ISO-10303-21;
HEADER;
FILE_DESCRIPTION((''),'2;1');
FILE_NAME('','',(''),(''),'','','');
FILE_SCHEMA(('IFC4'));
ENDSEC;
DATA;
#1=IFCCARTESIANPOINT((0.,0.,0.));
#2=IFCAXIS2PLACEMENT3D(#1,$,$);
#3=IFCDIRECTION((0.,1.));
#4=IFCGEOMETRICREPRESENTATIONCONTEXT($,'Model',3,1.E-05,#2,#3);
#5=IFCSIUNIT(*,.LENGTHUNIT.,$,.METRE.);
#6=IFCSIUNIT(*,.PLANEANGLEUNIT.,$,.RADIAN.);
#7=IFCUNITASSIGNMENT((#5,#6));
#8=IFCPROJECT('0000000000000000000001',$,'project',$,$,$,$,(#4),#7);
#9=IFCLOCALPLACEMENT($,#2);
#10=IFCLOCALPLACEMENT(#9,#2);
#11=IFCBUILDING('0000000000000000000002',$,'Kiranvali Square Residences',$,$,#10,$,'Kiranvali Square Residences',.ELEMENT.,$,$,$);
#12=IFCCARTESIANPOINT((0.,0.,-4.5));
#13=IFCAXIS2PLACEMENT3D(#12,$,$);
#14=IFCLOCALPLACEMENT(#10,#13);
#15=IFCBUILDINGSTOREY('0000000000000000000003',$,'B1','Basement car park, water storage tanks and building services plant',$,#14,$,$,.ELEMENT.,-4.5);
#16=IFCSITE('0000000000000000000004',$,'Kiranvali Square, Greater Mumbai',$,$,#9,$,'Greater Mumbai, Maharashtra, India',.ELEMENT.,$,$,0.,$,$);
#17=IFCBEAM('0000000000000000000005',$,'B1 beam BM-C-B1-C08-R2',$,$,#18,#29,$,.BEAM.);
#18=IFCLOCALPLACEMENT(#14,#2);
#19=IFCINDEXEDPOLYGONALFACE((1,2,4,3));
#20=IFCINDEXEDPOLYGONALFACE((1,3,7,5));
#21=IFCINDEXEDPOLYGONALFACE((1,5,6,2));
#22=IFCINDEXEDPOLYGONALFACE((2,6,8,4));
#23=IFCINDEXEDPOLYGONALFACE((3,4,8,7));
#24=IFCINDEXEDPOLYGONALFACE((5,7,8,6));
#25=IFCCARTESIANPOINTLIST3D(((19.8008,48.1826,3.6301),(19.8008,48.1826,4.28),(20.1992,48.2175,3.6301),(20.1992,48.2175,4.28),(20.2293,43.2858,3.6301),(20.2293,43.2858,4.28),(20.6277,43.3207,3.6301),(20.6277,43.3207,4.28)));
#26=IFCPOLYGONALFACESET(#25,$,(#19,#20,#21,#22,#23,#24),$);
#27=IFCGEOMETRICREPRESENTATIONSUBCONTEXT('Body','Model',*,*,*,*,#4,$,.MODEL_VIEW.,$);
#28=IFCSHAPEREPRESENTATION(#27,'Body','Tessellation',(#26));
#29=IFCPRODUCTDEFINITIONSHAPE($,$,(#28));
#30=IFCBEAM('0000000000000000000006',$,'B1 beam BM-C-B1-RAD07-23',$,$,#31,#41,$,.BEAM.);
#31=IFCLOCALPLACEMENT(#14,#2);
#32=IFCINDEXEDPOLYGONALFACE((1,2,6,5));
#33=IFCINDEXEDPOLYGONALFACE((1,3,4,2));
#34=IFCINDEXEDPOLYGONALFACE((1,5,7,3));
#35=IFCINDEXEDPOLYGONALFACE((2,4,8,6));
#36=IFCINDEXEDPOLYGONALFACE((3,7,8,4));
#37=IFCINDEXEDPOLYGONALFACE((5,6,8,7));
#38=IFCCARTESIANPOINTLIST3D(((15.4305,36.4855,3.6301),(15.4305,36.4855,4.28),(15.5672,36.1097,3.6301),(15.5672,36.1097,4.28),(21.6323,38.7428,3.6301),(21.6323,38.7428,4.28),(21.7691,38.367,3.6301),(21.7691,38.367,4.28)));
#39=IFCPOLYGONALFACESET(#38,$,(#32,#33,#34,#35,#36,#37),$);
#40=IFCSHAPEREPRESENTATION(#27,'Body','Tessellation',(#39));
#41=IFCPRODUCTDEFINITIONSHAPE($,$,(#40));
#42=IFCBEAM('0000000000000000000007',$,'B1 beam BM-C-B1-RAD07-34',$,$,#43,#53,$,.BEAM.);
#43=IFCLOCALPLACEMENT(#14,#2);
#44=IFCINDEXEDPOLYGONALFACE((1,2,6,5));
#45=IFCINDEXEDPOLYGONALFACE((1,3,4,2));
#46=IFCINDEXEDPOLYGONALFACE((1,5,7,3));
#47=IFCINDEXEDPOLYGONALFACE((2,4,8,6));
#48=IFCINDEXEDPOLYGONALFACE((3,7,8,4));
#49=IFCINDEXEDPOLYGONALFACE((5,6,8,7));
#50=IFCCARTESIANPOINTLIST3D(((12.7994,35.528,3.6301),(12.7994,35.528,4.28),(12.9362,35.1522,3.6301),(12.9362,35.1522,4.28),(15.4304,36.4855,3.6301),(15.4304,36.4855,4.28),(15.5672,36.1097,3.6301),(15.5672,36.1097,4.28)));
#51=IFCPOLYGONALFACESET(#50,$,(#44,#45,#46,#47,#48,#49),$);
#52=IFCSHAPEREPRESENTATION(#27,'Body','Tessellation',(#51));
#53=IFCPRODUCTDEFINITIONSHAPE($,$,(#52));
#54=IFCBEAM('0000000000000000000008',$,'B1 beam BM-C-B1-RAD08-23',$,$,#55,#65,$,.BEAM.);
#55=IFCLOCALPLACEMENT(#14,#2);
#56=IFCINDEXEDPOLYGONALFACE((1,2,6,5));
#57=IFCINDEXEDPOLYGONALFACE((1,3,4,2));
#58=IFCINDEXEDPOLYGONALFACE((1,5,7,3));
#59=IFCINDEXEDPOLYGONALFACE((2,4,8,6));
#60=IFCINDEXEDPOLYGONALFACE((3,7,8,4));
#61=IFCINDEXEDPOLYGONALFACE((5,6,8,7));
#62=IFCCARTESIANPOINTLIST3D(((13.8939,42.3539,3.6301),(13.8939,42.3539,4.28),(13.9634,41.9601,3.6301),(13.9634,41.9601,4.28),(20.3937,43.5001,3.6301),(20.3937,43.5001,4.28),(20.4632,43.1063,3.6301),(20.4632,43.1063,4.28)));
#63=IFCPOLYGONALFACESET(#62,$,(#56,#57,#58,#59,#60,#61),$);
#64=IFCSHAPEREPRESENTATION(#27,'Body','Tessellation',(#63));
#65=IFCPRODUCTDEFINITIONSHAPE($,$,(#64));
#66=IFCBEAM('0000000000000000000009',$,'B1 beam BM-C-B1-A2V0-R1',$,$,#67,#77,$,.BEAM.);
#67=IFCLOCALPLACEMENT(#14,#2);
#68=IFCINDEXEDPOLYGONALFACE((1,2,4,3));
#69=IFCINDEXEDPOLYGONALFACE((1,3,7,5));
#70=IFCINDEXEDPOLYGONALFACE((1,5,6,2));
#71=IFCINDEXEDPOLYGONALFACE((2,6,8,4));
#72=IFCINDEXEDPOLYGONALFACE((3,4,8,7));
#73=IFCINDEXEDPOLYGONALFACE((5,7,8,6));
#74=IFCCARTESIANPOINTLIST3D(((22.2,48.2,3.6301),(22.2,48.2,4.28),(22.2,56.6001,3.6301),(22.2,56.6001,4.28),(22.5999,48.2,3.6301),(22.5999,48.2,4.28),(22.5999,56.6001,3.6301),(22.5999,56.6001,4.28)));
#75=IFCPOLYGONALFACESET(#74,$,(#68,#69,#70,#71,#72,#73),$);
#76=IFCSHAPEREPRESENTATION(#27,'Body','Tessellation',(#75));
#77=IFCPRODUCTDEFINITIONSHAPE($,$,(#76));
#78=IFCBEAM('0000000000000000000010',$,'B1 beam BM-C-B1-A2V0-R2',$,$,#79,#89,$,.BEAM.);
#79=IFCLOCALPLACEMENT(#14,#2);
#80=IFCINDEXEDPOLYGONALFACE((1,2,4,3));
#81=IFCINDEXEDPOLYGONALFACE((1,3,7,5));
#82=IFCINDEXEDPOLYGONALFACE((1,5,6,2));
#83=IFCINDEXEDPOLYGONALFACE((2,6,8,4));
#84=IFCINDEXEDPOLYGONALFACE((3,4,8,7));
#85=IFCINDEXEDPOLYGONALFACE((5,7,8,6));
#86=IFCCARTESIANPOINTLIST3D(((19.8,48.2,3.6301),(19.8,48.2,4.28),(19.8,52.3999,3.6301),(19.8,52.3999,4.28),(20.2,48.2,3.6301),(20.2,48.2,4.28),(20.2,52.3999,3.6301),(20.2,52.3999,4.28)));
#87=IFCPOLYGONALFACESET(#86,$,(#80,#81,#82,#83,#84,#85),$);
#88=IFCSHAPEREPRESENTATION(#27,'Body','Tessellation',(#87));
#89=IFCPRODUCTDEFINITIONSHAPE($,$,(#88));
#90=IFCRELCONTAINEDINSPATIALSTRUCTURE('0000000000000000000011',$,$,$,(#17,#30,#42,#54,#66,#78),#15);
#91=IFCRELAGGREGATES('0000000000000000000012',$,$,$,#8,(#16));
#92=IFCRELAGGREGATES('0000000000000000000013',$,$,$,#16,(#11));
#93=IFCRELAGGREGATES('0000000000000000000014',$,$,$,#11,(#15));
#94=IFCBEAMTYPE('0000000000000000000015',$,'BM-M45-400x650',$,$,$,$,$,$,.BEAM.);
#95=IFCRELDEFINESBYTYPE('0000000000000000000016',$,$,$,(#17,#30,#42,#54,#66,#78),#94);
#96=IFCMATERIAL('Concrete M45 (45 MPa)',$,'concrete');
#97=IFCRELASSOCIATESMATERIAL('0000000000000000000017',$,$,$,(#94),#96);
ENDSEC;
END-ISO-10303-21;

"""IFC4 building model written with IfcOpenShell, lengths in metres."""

from ifc_helpers import new_model, si_unit, direction, frame, origin, origin_2d, place, context, subcontext, project, spatial, rectangle, extrude, material, material_profile, profile_set, type_object, element, save


model = new_model("IFC4")

# Units and contexts
model_context = context("Model", 3, precision=1e-05, world=origin(), true_north=direction((0.0, 1.0)))
body_context = subcontext(model_context, "Body", "Model", "MODEL_VIEW")
ifc_project = project(units=[si_unit("LENGTHUNIT", "METRE"), si_unit("PLANEANGLEUNIT", "RADIAN")], contexts=[model_context])

# Site, building, storey
site_placement = place(None, origin())
site = spatial("IfcSite", under=ifc_project, at=site_placement, Name="Kiranvali Square, Greater Mumbai", LongName="Greater Mumbai, Maharashtra, India", CompositionType="ELEMENT", RefElevation=0.0)
building_placement = place(site_placement, origin())
building = spatial("IfcBuilding", under=site, at=building_placement, Name="Kiranvali Square Residences", LongName="Kiranvali Square Residences", CompositionType="ELEMENT")
storey_placement = place(building_placement, frame((0.0, 0.0, -4.5)))
storey = spatial("IfcBuildingStorey", under=building, at=storey_placement, Name="B1", Description="Basement car park, water storage tanks and building services plant", CompositionType="ELEMENT", Elevation=-4.5)

# Shared definitions
ifc_material_1 = material(Name="Concrete M45 (45 MPa)", Category="concrete")

# Beams
ifc_material_profile_1 = material_profile(ifc_material_1, rectangle(XDim=0.3999, YDim=0.6499, at=origin_2d()), Name="RC 400x650")
ifc_profile_set_1 = profile_set([ifc_material_profile_1], Name="Concrete M45 (45 MPa)")
beam_type_1 = type_object("IfcBeamType", Name="BM-M45-400x650", PredefinedType="BEAM", material=ifc_profile_set_1)
beam_1_placement = place(storey_placement, frame((20.4285, 43.3032, 3.9551), z_axis=(-0.087168, 0.996194, 0.0), x_axis=(-0.996194, -0.087168, 0.0)))
element("IfcBeam", 1, at=beam_1_placement, inside=storey, type_object=beam_type_1, Name="B1 beam BM-C-B1-C08-R2", PredefinedType="BEAM", context=body_context, shape_type="SweptSolid", body=[
    extrude(rectangle(XDim=0.3999, YDim=0.6499, at=origin_2d()), origin(), (0.0, 0.0, 1.0), 4.9155),
])
beam_2_placement = place(storey_placement, frame((21.7007, 38.5549, 3.9551), z_axis=(-0.939692, -0.342022, 0.0), x_axis=(0.342022, -0.939692, 0.0)))
element("IfcBeam", 2, at=beam_2_placement, inside=storey, type_object=beam_type_1, Name="B1 beam BM-C-B1-RAD07-23", PredefinedType="BEAM", context=body_context, shape_type="SweptSolid", body=[
    extrude(rectangle(XDim=0.3999, YDim=0.6499, at=origin_2d()), origin(), (0.0, 0.0, 1.0), 6.5999),
])
beam_3_placement = place(storey_placement, frame((15.4988, 36.2976, 3.9551), z_axis=(-0.939707, -0.341981, 0.0), x_axis=(0.341981, -0.939707, 0.0)))
element("IfcBeam", 3, at=beam_3_placement, inside=storey, type_object=beam_type_1, Name="B1 beam BM-C-B1-RAD07-34", PredefinedType="BEAM", context=body_context, shape_type="SweptSolid", body=[
    extrude(rectangle(XDim=0.3999, YDim=0.6499, at=origin_2d()), origin(), (0.0, 0.0, 1.0), 2.7998),
])
beam_4_placement = place(storey_placement, frame((20.4285, 43.3032, 3.9551), z_axis=(-0.984804, -0.173671, 0.0), x_axis=(0.173671, -0.984804, 0.0)))
element("IfcBeam", 4, at=beam_4_placement, inside=storey, type_object=beam_type_1, Name="B1 beam BM-C-B1-RAD08-23", PredefinedType="BEAM", context=body_context, shape_type="SweptSolid", body=[
    extrude(rectangle(XDim=0.3999, YDim=0.6499, at=origin_2d()), origin(), (0.0, 0.0, 1.0), 6.6001),
])
beam_5_placement = place(storey_placement, frame((22.3999, 48.2, 3.9551), z_axis=(0.0, 1.0, 0.0), x_axis=(-1.0, 0.0, 0.0)))
element("IfcBeam", 5, at=beam_5_placement, inside=storey, type_object=beam_type_1, Name="B1 beam BM-C-B1-A2V0-R1", PredefinedType="BEAM", context=body_context, shape_type="SweptSolid", body=[
    extrude(rectangle(XDim=0.3999, YDim=0.6499, at=origin_2d()), origin(), (0.0, 0.0, 1.0), 8.4001),
])
beam_6_placement = place(storey_placement, frame((20.0, 48.2, 3.9551), z_axis=(0.0, 1.0, 0.0), x_axis=(-1.0, 0.0, 0.0)))
element("IfcBeam", 6, at=beam_6_placement, inside=storey, type_object=beam_type_1, Name="B1 beam BM-C-B1-A2V0-R2", PredefinedType="BEAM", context=body_context, shape_type="SweptSolid", body=[
    extrude(rectangle(XDim=0.3999, YDim=0.6499, at=origin_2d()), origin(), (0.0, 0.0, 1.0), 4.2),
])

save(model, "model.ifc")
